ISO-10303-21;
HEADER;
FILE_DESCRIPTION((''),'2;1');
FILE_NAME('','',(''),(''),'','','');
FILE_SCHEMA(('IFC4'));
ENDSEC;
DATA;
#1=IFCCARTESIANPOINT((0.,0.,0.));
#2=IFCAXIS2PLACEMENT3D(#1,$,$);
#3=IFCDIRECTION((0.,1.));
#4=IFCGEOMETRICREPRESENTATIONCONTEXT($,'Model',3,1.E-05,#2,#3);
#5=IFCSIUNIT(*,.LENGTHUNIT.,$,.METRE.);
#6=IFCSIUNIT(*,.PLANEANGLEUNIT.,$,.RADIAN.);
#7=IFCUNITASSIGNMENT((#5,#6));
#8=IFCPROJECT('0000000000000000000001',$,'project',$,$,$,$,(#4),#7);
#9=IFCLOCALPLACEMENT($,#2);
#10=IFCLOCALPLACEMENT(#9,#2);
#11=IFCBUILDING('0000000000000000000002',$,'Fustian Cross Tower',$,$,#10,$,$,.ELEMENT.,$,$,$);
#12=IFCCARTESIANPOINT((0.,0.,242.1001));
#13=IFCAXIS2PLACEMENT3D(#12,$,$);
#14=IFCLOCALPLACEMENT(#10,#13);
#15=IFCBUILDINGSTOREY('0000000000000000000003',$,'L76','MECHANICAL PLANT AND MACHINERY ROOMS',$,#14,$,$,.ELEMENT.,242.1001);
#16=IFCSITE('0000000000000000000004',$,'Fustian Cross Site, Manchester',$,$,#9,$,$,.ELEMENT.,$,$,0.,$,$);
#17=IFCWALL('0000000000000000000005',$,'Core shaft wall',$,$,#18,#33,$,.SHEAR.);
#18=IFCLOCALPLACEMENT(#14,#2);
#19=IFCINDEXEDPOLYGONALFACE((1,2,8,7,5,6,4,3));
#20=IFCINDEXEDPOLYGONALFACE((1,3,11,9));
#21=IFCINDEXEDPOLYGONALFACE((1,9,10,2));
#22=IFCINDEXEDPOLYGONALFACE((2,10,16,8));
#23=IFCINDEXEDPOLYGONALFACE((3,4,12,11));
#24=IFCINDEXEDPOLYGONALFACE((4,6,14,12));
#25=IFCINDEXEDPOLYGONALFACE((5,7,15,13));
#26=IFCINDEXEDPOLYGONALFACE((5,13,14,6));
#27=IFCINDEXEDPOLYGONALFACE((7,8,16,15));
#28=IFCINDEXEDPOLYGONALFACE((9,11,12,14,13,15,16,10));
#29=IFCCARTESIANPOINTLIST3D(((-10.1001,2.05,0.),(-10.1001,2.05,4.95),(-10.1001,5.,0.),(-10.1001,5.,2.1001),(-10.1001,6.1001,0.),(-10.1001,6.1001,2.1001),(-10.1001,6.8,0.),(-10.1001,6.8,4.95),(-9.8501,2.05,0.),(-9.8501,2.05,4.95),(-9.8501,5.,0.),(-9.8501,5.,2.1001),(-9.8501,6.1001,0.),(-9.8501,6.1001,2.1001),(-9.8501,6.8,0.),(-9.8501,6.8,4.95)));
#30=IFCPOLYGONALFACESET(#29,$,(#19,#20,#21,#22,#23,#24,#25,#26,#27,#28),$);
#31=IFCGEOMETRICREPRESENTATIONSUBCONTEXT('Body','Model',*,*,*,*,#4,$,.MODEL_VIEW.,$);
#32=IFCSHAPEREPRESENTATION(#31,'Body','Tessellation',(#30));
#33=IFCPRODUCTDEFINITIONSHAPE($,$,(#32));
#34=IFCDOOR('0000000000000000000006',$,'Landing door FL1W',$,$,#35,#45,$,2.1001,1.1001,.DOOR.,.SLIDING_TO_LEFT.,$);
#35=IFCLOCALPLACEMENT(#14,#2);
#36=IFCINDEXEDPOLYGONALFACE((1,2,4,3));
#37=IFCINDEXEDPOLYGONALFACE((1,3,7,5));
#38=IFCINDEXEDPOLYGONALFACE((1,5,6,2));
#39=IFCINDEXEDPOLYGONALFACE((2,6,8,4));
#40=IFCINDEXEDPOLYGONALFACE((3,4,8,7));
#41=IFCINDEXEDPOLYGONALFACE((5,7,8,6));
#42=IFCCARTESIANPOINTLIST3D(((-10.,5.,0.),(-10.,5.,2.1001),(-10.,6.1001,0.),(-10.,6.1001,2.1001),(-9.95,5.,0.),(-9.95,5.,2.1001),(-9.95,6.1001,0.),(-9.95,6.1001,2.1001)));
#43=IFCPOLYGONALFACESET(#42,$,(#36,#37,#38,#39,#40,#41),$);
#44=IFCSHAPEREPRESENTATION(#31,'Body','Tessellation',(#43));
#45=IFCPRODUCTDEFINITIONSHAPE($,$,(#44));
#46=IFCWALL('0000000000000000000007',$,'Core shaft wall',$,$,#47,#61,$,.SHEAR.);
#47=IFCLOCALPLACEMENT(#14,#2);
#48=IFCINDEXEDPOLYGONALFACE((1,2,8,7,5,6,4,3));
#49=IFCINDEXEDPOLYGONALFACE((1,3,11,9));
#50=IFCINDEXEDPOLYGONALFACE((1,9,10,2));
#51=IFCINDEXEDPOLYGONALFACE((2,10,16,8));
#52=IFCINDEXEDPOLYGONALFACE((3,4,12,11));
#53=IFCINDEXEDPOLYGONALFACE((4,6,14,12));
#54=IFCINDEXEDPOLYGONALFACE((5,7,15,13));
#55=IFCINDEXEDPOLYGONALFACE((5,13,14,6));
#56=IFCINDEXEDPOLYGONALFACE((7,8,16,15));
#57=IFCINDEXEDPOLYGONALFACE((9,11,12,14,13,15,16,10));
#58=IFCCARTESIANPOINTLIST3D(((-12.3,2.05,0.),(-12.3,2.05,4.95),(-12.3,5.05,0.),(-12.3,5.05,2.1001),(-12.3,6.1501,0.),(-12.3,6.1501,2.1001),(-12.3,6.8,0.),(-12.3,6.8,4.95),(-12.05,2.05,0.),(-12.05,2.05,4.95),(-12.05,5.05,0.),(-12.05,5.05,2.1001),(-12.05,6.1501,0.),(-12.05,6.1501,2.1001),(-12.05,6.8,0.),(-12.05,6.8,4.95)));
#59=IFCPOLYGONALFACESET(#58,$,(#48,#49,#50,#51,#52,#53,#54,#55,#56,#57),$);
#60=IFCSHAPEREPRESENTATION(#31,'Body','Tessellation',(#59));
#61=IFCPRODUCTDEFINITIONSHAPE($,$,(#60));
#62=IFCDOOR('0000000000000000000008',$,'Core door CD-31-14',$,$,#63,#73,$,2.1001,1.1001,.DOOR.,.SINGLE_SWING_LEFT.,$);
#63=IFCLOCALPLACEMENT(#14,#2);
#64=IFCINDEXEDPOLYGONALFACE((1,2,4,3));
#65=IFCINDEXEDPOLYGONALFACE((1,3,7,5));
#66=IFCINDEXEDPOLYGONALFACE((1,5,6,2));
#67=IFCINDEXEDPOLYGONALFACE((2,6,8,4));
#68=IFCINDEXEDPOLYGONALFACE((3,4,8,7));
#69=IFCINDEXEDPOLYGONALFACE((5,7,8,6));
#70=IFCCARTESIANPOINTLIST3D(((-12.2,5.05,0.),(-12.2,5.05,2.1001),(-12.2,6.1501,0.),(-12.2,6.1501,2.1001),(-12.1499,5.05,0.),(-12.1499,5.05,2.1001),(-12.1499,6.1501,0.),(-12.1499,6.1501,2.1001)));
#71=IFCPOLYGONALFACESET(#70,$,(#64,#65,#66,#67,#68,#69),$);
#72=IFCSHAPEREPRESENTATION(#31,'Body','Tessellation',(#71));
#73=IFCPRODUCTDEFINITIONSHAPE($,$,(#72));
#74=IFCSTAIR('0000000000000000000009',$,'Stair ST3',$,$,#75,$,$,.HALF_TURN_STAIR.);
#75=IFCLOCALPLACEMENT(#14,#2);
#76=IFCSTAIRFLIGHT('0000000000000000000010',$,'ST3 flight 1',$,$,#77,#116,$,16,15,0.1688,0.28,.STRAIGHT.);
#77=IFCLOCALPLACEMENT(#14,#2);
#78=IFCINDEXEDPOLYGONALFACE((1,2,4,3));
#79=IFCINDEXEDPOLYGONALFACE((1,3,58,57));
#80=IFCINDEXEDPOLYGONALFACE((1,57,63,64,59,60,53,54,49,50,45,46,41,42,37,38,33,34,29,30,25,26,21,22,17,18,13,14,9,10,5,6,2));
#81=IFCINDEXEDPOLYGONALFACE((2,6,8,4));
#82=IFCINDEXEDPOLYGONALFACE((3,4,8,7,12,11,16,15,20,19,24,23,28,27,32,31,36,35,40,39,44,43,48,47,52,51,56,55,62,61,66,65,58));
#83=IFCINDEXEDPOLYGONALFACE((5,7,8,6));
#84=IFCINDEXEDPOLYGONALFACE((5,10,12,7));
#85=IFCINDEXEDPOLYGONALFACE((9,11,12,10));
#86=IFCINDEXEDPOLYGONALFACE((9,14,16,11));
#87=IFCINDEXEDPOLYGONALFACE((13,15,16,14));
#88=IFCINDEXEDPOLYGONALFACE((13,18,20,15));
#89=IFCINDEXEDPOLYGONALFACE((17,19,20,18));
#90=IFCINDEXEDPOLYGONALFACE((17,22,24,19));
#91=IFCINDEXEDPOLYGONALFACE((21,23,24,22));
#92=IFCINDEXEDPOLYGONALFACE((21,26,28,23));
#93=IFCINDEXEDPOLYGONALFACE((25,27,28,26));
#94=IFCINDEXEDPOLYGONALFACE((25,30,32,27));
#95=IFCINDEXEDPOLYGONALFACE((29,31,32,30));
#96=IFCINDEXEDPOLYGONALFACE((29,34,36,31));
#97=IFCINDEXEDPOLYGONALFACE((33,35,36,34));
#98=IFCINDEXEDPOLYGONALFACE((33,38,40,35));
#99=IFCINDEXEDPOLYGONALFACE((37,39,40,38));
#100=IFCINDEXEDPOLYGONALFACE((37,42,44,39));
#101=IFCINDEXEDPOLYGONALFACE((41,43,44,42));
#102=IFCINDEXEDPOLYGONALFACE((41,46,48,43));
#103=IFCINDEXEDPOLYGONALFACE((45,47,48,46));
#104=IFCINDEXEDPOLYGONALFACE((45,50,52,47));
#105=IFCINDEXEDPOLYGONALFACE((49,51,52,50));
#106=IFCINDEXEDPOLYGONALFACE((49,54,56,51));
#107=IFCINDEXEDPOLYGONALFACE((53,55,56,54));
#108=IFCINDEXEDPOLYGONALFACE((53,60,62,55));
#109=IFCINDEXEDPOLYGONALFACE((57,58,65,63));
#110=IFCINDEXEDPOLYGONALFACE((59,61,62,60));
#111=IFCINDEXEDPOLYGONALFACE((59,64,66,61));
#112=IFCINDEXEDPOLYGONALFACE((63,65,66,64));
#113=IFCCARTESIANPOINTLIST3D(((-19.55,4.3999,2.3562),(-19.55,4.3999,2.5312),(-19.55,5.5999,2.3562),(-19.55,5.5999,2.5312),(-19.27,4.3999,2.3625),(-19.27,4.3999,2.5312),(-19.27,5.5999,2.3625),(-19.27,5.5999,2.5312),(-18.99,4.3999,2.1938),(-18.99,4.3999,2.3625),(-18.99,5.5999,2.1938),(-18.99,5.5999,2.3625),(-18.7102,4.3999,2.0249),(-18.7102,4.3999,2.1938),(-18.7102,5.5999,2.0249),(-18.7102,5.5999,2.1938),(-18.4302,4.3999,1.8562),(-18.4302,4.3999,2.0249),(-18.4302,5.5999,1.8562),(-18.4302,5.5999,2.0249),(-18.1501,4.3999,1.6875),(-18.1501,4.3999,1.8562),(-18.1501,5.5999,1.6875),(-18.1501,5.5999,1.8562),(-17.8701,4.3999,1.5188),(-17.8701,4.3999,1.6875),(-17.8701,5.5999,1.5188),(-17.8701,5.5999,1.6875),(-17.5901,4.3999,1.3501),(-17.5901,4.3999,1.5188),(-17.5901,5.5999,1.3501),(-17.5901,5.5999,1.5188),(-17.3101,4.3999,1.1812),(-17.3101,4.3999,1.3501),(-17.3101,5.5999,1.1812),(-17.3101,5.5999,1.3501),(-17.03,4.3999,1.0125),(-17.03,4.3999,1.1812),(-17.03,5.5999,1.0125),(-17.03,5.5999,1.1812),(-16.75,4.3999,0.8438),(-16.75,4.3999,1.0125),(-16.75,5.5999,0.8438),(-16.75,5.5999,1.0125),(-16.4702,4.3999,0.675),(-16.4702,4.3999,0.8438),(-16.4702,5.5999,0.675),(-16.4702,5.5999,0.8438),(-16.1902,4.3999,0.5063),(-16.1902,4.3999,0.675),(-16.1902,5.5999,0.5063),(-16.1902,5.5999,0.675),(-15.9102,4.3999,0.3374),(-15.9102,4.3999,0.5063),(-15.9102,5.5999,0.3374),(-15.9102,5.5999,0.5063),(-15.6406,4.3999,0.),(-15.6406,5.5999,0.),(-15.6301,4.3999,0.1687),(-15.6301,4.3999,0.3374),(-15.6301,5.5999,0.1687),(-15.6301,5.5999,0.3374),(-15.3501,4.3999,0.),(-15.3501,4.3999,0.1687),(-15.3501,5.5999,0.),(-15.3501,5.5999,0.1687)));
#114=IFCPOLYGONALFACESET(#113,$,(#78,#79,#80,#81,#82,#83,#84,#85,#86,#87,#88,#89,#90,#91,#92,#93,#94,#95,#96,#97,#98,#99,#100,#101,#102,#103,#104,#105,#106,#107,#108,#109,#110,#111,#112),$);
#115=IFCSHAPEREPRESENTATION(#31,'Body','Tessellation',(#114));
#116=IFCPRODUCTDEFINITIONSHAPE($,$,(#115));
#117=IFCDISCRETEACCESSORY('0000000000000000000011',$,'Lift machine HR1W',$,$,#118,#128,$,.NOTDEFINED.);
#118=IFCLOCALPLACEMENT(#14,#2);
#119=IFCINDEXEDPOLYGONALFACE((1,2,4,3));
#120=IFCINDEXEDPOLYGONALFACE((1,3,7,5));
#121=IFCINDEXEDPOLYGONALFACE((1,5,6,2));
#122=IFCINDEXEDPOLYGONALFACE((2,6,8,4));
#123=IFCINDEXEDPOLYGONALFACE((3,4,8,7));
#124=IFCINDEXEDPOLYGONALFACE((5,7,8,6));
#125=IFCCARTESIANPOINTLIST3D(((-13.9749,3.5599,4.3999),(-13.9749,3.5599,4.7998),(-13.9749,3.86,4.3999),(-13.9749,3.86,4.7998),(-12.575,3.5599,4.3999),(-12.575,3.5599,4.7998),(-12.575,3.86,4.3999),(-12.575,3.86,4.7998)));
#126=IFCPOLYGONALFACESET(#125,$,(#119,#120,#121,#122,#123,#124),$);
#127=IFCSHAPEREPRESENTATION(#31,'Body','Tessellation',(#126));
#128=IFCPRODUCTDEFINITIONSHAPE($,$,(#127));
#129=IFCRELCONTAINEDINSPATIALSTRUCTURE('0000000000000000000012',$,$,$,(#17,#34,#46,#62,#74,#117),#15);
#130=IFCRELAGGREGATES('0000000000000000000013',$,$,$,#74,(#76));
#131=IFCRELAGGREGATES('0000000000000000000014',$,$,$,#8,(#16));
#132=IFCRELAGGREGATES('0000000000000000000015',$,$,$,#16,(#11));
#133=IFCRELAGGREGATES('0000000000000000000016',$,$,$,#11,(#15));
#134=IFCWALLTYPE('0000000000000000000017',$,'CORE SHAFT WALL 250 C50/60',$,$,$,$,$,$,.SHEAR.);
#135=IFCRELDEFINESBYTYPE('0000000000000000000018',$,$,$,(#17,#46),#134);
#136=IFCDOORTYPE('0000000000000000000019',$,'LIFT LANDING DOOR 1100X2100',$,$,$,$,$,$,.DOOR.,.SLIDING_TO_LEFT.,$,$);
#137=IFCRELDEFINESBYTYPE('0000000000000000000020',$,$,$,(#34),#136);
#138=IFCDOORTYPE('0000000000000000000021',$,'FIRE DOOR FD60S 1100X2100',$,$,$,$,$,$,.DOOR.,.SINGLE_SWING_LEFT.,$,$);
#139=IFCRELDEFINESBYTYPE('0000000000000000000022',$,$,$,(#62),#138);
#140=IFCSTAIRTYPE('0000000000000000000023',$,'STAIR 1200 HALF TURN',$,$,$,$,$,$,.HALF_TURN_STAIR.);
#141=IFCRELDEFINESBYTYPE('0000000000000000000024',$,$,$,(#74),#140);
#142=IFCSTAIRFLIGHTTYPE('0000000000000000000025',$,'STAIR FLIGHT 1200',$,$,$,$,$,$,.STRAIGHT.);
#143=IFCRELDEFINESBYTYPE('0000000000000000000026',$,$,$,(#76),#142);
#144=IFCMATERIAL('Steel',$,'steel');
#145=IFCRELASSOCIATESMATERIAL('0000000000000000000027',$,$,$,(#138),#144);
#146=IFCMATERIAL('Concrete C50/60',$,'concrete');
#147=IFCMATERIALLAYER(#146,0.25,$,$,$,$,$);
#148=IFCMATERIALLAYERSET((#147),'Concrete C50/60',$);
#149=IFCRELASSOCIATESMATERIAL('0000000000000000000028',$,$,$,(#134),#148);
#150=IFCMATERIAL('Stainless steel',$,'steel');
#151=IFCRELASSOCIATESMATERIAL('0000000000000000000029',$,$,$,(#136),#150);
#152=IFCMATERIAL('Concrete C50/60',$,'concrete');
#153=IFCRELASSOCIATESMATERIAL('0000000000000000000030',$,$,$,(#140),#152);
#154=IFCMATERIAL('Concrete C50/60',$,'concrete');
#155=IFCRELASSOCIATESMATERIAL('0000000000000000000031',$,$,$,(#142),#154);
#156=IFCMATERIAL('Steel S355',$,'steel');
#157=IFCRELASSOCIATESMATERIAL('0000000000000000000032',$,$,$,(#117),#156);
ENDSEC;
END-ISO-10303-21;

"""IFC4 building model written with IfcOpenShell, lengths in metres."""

from ifc_helpers import new_model, si_unit, direction, frame, frame_2d, origin, origin_2d, place, context, subcontext, project, spatial, polyline, rectangle, outline, extrude, material, layer, layer_set, type_object, element, fill, aggregate, save


model = new_model("IFC4")

# Units and contexts
model_context = context("Model", 3, precision=1e-05, world=origin(), true_north=direction((0.0, 1.0)))
body_context = subcontext(model_context, "Body", "Model", "MODEL_VIEW")
ifc_project = project(units=[si_unit("LENGTHUNIT", "METRE"), si_unit("PLANEANGLEUNIT", "RADIAN")], contexts=[model_context])

# Site, building, storey
site_placement = place(None, origin())
site = spatial("IfcSite", under=ifc_project, at=site_placement, Name="Fustian Cross Site, Manchester", CompositionType="ELEMENT", RefElevation=0.0)
building_placement = place(site_placement, origin())
building = spatial("IfcBuilding", under=site, at=building_placement, Name="Fustian Cross Tower", CompositionType="ELEMENT")
storey_placement = place(building_placement, frame((0.0, 0.0, 242.1001)))
storey = spatial("IfcBuildingStorey", under=building, at=storey_placement, Name="L76", Description="MECHANICAL PLANT AND MACHINERY ROOMS", CompositionType="ELEMENT", Elevation=242.1001)

# Shared definitions
ifc_material_1 = material(Name="Steel", Category="steel")
door_type_1 = type_object("IfcDoorType", Name="FIRE DOOR FD60S 1100X2100", OperationType="SINGLE_SWING_LEFT", PredefinedType="DOOR", material=ifc_material_1)

# Shared definitions
ifc_material_2 = material(Name="Concrete C50/60", Category="concrete")
ifc_layer_1 = layer(ifc_material_2, 0.25)
ifc_layer_set_1 = layer_set([ifc_layer_1], Name="Concrete C50/60")
wall_type_1 = type_object("IfcWallType", Name="CORE SHAFT WALL 250 C50/60", PredefinedType="SHEAR", material=ifc_layer_set_1)

# Walls, openings, doors
wall_1_placement = place(storey_placement, frame((-9.9751, 2.05, 0.0), z_axis=(0.0, 0.0, 1.0), x_axis=(0.0, 1.0, 0.0)))
wall_1 = element("IfcWall", 1, at=wall_1_placement, inside=storey, type_object=wall_type_1, Name="Core shaft wall", PredefinedType="SHEAR", context=body_context, shape_type="SweptSolid", body=[
    extrude(rectangle(XDim=4.75, YDim=0.25, at=frame_2d((2.375, 0.0))), origin(), (0.0, 0.0, 1.0), 4.95),
])
opening_1_placement = place(wall_1_placement, frame((2.95, 0.0, 0.0)))
opening_1 = element("IfcOpeningElement", 2, at=opening_1_placement, cuts=wall_1, PredefinedType="OPENING", context=body_context, shape_type="SweptSolid", body=[
    extrude(rectangle(XDim=1.1001, YDim=2.1001, at=frame_2d((0.55, 1.05))), frame((0.0, 0.135, 0.0), z_axis=(0.0, -1.0, 0.0), x_axis=(1.0, 0.0, 0.0)), (0.0, 0.0, 1.0), 0.27),
])
ifc_material_3 = material(Name="Stainless steel", Category="steel")
door_type_2 = type_object("IfcDoorType", Name="LIFT LANDING DOOR 1100X2100", OperationType="SLIDING_TO_LEFT", PredefinedType="DOOR", material=ifc_material_3)
door_1_placement = place(opening_1_placement, origin())
door_1 = element("IfcDoor", 3, at=door_1_placement, inside=storey, type_object=door_type_2, Name="Landing door FL1W", OperationType="SLIDING_TO_LEFT", OverallHeight=2.1001, OverallWidth=1.1001, PredefinedType="DOOR", context=body_context, shape_type="SweptSolid", body=[
    extrude(rectangle(XDim=1.1001, YDim=2.1001, at=frame_2d((0.55, 1.05))), frame((0.0, 0.0249, 0.0), z_axis=(0.0, -1.0, 0.0), x_axis=(1.0, 0.0, 0.0)), (0.0, 0.0, 1.0), 0.05),
])
fill(opening_1, door_1)
wall_2_placement = place(storey_placement, frame((-12.175, 2.05, 0.0), z_axis=(0.0, 0.0, 1.0), x_axis=(0.0, 1.0, 0.0)))
wall_2 = element("IfcWall", 4, at=wall_2_placement, inside=storey, type_object=wall_type_1, Name="Core shaft wall", PredefinedType="SHEAR", context=body_context, shape_type="SweptSolid", body=[
    extrude(rectangle(XDim=4.75, YDim=0.25, at=frame_2d((2.375, 0.0))), origin(), (0.0, 0.0, 1.0), 4.95),
])
opening_2_placement = place(wall_2_placement, frame((3.0, 0.0, 0.0)))
opening_2 = element("IfcOpeningElement", 5, at=opening_2_placement, cuts=wall_2, PredefinedType="OPENING", context=body_context, shape_type="SweptSolid", body=[
    extrude(rectangle(XDim=1.1001, YDim=2.1001, at=frame_2d((0.55, 1.05))), frame((0.0, 0.135, 0.0), z_axis=(0.0, -1.0, 0.0), x_axis=(1.0, 0.0, 0.0)), (0.0, 0.0, 1.0), 0.27),
])
door_2_placement = place(opening_2_placement, origin())
door_2 = element("IfcDoor", 6, at=door_2_placement, inside=storey, type_object=door_type_1, Name="Core door CD-31-14", OperationType="SINGLE_SWING_LEFT", OverallHeight=2.1001, OverallWidth=1.1001, PredefinedType="DOOR", context=body_context, shape_type="SweptSolid", body=[
    extrude(rectangle(XDim=1.1001, YDim=2.1001, at=frame_2d((0.55, 1.05))), frame((0.0, 0.0249, 0.0), z_axis=(0.0, -1.0, 0.0), x_axis=(1.0, 0.0, 0.0)), (0.0, 0.0, 1.0), 0.05),
])
fill(opening_2, door_2)

# Stair, stair flight
ifc_material_4 = material(Name="Concrete C50/60", Category="concrete")
stair_type = type_object("IfcStairType", Name="STAIR 1200 HALF TURN", PredefinedType="HALF_TURN_STAIR", material=ifc_material_4)
stair_placement = place(storey_placement, origin())
stair = element("IfcStair", 7, at=stair_placement, inside=storey, type_object=stair_type, Name="Stair ST3", PredefinedType="HALF_TURN_STAIR")
ifc_material_5 = material(Name="Concrete C50/60", Category="concrete")
stair_flight_type = type_object("IfcStairFlightType", Name="STAIR FLIGHT 1200", PredefinedType="STRAIGHT", material=ifc_material_5)
stair_flight_placement = place(storey_placement, frame((-15.3501, 5.0, 0.0), z_axis=(0.0, 0.0, 1.0), x_axis=(-1.0, 0.0, 0.0)))
stair_flight = element("IfcStairFlight", 8, at=stair_flight_placement, type_object=stair_flight_type, Name="ST3 flight 1", NumberOfRisers=16, NumberOfTreads=15, PredefinedType="STRAIGHT", RiserHeight=0.1688, TreadLength=0.28, context=body_context, shape_type="SweptSolid", body=[
    extrude(outline(polyline([(0.0, 0.0), (0.0, 0.1687), (0.28, 0.1687), (0.28, 0.3374), (0.5601, 0.3374), (0.5601, 0.5063), (0.8401, 0.5063), (0.8401, 0.675), (1.1201, 0.675), (1.1201, 0.8438), (1.3999, 0.8438), (1.3999, 1.0125), (1.6799, 1.0125), (1.6799, 1.1812), (1.96, 1.1812), (1.96, 1.3501), (2.24, 1.3501), (2.24, 1.5188), (2.52, 1.5188), (2.52, 1.6875), (2.8, 1.6875), (2.8, 1.8562), (3.0801, 1.8562), (3.0801, 2.0249), (3.3601, 2.0249), (3.3601, 2.1938), (3.6399, 2.1938), (3.6399, 2.3625), (3.9199, 2.3625), (3.9199, 2.5312), (4.2, 2.5312), (4.2, 2.7), (4.2, 2.3562), (0.2905, 0.0), (0.0, 0.0)])), frame((0.0, 0.6001, 0.0), z_axis=(0.0, -1.0, 0.0), x_axis=(1.0, 0.0, 0.0)), (0.0, 0.0, 1.0), 1.2),
])
aggregate(stair, [stair_flight])

# Discrete accessory
ifc_material_6 = material(Name="Steel S355", Category="steel")
discrete_accessory_placement = place(storey_placement, frame((-13.2749, 3.71, 4.3999), z_axis=(0.0, 0.0, 1.0), x_axis=(1.0, 0.0, 0.0)))
element("IfcDiscreteAccessory", 9, at=discrete_accessory_placement, inside=storey, material=ifc_material_6, Name="Lift machine HR1W", PredefinedType="NOTDEFINED", context=body_context, shape_type="SweptSolid", body=[
    extrude(rectangle(XDim=1.3999, YDim=0.3, at=origin_2d()), origin(), (0.0, 0.0, 1.0), 0.3999),
])

save(model, "model.ifc")
